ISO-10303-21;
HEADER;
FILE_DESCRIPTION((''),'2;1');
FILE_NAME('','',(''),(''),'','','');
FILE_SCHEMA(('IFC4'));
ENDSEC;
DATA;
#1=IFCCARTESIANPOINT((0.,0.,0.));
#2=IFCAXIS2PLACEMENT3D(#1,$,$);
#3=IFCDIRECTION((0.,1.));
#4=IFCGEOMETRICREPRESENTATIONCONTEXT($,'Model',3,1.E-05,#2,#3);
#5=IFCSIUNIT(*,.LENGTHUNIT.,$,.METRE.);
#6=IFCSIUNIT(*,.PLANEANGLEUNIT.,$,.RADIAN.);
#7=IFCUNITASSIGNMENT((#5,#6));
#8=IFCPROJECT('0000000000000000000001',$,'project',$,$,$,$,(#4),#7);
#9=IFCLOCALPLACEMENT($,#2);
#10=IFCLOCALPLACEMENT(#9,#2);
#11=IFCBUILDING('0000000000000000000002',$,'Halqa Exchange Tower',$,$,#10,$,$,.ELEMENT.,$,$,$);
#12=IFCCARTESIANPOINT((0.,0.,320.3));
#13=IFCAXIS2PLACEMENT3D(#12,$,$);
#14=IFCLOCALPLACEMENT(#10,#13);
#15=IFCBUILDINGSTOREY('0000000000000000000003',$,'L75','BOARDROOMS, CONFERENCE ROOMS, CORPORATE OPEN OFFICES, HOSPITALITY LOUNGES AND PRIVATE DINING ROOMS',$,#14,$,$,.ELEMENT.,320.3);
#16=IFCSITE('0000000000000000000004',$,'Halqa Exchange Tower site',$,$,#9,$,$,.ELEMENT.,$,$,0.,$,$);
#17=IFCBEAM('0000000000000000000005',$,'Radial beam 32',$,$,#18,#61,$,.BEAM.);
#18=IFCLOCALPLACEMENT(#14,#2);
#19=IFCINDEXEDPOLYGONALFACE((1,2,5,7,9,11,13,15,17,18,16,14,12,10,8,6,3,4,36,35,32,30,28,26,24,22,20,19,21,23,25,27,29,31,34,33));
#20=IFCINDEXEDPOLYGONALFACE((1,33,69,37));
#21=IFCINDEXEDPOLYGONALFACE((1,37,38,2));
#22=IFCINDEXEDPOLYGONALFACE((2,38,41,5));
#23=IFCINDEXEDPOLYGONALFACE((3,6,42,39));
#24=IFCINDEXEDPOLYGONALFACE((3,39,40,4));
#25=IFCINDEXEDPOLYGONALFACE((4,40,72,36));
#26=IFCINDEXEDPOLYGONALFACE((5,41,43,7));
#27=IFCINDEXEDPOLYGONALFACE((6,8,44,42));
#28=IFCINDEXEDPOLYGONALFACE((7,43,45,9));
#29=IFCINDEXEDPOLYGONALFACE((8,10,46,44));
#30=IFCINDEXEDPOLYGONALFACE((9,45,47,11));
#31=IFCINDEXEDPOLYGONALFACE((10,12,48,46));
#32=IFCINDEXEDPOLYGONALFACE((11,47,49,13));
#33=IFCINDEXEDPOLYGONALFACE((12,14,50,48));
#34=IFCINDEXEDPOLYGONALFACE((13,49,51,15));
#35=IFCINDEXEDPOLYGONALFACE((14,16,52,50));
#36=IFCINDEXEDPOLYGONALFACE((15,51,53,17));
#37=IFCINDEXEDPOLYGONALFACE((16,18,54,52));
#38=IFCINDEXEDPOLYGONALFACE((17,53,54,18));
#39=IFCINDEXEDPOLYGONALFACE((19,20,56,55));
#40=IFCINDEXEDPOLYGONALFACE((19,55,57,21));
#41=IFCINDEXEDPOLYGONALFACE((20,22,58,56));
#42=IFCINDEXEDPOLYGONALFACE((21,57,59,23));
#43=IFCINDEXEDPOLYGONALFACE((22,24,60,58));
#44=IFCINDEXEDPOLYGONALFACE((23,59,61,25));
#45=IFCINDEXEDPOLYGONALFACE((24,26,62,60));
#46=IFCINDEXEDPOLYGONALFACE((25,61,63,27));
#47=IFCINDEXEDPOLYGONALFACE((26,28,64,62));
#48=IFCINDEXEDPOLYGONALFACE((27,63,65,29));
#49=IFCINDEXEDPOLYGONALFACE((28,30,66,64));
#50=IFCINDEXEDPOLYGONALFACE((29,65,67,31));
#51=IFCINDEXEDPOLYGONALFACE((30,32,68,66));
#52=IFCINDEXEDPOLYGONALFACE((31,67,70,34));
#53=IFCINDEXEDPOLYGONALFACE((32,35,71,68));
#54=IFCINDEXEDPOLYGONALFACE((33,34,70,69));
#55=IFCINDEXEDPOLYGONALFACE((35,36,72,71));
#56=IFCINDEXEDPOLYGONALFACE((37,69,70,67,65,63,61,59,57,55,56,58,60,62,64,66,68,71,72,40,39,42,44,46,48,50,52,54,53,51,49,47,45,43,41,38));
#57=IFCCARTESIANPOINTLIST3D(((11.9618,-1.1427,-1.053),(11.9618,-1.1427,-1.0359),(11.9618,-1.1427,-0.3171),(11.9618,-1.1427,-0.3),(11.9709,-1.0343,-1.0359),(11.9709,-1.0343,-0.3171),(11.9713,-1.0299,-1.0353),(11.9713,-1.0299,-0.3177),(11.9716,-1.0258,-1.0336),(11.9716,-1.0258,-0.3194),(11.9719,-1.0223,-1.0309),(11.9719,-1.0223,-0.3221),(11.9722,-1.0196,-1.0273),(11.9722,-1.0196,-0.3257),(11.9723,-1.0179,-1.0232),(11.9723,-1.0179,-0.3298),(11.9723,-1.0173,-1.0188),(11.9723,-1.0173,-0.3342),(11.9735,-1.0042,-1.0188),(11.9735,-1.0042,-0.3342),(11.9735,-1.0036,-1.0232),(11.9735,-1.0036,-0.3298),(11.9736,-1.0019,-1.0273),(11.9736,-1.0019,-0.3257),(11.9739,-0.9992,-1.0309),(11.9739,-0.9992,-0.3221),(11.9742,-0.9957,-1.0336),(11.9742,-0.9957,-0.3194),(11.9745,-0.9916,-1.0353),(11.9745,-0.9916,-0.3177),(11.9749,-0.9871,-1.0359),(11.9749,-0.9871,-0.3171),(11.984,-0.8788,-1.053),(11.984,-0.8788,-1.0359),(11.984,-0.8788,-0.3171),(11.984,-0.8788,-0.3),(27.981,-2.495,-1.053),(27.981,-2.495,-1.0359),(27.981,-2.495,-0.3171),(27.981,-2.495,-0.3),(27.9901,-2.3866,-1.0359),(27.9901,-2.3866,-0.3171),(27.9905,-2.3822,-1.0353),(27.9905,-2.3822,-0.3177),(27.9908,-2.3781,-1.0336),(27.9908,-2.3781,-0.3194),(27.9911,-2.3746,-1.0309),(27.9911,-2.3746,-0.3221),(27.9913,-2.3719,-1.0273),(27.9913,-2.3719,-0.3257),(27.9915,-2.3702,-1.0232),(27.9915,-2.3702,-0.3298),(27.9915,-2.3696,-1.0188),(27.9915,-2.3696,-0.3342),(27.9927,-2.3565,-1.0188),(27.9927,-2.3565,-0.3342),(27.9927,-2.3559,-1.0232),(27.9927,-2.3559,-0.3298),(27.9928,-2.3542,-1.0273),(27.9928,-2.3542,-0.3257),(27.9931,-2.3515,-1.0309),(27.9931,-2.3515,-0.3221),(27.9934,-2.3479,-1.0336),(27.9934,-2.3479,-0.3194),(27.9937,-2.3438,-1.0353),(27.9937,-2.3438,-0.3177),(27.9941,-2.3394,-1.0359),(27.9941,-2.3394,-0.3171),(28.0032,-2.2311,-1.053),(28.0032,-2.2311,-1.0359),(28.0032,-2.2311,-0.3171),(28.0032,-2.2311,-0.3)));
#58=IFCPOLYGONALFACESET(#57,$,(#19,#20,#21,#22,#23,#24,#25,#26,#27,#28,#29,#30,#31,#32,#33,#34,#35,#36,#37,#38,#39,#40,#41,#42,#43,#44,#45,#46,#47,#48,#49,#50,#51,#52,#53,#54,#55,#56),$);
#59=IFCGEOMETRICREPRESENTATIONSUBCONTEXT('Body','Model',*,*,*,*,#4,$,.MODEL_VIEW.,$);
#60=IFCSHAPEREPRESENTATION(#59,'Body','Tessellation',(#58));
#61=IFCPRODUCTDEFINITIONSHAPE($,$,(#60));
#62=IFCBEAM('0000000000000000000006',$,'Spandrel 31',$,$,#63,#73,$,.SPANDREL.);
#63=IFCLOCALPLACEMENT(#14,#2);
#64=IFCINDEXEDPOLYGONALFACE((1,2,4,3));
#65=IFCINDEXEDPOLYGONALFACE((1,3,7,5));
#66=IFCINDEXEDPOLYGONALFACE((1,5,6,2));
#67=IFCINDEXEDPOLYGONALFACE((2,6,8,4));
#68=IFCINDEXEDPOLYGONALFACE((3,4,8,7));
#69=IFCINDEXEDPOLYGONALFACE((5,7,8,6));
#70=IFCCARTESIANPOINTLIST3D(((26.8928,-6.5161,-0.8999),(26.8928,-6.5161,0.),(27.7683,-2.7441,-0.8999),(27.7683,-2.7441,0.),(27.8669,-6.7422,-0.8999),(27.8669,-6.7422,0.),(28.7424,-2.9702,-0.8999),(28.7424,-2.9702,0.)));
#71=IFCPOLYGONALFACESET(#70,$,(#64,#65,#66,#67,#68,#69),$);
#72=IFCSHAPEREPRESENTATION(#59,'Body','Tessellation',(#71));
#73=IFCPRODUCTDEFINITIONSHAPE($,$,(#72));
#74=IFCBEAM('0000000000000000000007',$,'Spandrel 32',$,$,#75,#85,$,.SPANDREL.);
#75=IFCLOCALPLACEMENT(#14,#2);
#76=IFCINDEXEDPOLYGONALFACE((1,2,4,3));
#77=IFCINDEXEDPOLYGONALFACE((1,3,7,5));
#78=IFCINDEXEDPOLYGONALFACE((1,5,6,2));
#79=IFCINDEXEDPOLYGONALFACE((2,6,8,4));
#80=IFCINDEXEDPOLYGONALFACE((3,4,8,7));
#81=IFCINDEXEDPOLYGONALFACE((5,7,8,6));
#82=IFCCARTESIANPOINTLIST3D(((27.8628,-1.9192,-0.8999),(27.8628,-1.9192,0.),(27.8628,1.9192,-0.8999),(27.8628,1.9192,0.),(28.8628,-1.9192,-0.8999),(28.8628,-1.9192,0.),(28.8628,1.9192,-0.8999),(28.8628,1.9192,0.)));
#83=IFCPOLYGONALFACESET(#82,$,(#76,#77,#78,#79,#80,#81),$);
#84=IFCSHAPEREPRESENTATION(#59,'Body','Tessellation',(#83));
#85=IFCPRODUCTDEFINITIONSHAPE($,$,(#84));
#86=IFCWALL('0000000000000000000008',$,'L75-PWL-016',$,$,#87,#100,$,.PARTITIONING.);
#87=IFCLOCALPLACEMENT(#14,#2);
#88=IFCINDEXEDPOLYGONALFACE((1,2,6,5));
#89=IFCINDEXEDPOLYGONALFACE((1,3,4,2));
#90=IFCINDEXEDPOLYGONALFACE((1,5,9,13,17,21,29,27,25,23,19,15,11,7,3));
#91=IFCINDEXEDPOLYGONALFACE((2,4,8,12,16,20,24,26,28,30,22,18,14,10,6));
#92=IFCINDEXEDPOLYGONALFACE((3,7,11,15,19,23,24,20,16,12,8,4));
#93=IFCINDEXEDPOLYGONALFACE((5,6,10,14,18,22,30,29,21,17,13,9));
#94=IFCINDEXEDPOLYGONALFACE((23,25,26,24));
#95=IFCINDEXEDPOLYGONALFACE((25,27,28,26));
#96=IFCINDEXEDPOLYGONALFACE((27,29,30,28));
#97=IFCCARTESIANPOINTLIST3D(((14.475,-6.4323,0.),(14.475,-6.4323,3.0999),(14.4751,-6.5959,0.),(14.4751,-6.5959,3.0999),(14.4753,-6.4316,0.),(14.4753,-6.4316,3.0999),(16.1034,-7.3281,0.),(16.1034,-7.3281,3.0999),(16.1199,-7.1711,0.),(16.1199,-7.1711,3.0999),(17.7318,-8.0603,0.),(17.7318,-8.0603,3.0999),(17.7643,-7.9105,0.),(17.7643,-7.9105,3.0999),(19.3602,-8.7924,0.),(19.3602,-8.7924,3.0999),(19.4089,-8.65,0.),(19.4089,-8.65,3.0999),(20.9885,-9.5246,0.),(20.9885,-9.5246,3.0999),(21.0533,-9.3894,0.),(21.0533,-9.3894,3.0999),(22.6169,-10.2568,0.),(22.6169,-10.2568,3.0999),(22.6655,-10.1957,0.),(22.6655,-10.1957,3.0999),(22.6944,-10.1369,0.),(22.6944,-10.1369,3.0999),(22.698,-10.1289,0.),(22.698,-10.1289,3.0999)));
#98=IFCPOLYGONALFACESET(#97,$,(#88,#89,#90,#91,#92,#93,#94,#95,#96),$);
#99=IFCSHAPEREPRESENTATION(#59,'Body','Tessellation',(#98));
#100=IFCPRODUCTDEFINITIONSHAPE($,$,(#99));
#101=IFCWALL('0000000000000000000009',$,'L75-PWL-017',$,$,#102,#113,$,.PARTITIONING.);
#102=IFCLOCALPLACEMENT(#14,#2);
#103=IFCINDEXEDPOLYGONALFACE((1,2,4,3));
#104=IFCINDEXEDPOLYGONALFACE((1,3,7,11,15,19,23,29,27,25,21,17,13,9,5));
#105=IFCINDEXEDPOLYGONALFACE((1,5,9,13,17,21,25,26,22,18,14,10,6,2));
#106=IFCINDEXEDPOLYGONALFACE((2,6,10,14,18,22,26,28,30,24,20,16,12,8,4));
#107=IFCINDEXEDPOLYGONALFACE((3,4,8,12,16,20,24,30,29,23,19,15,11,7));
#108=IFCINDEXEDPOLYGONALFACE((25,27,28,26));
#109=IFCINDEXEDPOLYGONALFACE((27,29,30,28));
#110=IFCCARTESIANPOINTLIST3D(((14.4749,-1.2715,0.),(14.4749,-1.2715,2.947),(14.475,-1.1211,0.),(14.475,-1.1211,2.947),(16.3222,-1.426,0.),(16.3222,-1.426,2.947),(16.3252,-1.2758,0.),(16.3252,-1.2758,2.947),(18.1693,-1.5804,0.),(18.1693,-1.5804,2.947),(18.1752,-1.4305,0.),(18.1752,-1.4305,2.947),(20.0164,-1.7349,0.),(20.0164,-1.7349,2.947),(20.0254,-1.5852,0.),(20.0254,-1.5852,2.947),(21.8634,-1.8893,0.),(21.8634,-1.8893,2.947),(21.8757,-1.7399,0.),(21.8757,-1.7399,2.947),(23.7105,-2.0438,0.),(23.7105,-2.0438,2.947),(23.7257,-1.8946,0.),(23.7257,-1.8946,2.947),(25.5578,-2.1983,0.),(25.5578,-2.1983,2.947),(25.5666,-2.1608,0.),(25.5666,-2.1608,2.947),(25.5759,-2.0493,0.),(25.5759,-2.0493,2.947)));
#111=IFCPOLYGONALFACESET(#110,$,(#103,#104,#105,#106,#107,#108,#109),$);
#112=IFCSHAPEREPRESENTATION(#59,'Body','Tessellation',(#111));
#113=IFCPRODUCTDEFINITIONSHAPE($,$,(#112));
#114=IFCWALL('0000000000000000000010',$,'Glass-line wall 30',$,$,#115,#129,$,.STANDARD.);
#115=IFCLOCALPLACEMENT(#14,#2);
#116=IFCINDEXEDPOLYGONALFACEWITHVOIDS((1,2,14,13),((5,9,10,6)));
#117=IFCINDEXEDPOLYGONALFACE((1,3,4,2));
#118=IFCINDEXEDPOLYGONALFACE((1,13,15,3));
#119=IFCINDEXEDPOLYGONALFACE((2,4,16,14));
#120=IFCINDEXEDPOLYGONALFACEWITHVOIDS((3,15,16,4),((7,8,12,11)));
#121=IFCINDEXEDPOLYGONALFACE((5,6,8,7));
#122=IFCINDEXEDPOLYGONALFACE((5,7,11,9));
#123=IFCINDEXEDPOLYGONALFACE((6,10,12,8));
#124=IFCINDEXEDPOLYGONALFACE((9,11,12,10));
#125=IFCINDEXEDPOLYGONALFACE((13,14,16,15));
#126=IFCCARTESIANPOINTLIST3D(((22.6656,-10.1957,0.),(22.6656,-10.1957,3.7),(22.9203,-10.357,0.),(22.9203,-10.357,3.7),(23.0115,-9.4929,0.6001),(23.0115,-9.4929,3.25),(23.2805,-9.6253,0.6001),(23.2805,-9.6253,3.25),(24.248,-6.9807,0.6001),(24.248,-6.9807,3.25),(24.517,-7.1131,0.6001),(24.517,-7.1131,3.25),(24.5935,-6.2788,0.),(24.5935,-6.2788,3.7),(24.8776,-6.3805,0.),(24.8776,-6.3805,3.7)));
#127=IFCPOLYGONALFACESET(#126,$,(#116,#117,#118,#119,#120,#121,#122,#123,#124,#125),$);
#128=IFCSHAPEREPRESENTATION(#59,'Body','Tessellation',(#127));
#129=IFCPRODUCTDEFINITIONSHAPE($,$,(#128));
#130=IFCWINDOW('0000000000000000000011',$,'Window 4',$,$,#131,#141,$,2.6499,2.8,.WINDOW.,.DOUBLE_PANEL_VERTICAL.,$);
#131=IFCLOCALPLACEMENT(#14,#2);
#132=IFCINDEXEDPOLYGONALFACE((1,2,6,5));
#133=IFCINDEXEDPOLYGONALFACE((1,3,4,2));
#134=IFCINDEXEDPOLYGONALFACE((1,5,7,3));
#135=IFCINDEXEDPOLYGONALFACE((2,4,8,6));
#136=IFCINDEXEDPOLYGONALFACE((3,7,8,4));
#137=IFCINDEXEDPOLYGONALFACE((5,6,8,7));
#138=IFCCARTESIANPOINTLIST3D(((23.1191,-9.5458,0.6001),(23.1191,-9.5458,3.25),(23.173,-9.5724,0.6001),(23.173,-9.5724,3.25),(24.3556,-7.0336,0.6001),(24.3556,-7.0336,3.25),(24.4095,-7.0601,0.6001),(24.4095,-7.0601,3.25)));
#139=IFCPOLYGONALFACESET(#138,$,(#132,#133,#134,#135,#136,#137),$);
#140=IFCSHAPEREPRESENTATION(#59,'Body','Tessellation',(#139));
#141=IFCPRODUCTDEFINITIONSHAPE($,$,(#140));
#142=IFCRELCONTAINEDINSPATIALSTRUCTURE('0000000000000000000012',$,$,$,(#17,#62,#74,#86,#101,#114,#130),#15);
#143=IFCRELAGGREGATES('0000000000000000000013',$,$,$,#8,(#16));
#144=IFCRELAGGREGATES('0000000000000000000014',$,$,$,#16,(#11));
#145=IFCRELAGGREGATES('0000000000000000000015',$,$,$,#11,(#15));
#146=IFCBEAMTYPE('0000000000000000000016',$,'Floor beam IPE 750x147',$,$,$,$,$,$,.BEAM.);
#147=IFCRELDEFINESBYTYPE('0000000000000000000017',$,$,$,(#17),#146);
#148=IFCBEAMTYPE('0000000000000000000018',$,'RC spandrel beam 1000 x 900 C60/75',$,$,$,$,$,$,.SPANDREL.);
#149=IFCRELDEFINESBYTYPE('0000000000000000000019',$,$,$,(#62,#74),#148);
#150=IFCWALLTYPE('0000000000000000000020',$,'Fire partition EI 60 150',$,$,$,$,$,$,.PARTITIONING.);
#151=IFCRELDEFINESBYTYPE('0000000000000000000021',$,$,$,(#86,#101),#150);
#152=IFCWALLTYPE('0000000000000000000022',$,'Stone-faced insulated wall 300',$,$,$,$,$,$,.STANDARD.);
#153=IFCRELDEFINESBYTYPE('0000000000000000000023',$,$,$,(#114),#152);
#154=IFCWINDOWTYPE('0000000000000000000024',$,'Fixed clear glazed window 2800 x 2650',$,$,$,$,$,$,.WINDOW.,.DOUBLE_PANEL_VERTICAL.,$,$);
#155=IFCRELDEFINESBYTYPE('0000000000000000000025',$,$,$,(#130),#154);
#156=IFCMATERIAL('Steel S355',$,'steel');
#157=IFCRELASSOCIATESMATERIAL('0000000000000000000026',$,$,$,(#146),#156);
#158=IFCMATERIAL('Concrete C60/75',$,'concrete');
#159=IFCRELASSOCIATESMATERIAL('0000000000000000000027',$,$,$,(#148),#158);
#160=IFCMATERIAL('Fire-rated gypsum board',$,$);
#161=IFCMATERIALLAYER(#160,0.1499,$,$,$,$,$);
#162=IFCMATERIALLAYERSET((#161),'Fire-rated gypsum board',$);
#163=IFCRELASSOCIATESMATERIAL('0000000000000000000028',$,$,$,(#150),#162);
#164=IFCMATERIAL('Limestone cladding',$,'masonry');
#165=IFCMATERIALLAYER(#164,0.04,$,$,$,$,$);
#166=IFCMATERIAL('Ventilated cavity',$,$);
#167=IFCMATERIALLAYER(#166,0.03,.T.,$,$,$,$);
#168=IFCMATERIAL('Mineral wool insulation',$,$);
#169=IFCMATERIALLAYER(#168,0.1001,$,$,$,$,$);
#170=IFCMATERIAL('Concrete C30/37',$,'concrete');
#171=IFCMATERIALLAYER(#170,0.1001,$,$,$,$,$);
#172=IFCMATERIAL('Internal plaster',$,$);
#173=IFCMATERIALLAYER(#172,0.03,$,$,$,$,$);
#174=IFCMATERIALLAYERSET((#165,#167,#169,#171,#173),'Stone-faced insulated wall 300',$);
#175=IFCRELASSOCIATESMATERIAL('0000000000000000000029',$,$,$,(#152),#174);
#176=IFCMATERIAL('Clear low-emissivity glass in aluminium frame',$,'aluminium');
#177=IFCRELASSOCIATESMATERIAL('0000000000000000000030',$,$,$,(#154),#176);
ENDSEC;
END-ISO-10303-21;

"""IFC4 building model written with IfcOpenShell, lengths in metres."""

from ifc_helpers import new_model, si_unit, direction, frame, frame_2d, origin, origin_2d, place, context, subcontext, project, spatial, polyline, rectangle, i_section, outline, extrude, material, layer, layer_set, material_profile, profile_set, type_object, element, fill, save


model = new_model("IFC4")

# Units and contexts
model_context = context("Model", 3, precision=1e-05, world=origin(), true_north=direction((0.0, 1.0)))
body_context = subcontext(model_context, "Body", "Model", "MODEL_VIEW")
ifc_project = project(units=[si_unit("LENGTHUNIT", "METRE"), si_unit("PLANEANGLEUNIT", "RADIAN")], contexts=[model_context])

# Site, building, storey
site_placement = place(None, origin())
site = spatial("IfcSite", under=ifc_project, at=site_placement, Name="Halqa Exchange Tower site", CompositionType="ELEMENT", RefElevation=0.0)
building_placement = place(site_placement, origin())
building = spatial("IfcBuilding", under=site, at=building_placement, Name="Halqa Exchange Tower", CompositionType="ELEMENT")
storey_placement = place(building_placement, frame((0.0, 0.0, 320.3)))
storey = spatial("IfcBuildingStorey", under=building, at=storey_placement, Name="L75", Description="BOARDROOMS, CONFERENCE ROOMS, CORPORATE OPEN OFFICES, HOSPITALITY LOUNGES AND PRIVATE DINING ROOMS", CompositionType="ELEMENT", Elevation=320.3)

# Beams
ifc_material_1 = material(Name="Steel S355", Category="steel")
ifc_material_profile_1 = material_profile(ifc_material_1, i_section(OverallWidth=0.2649, OverallDepth=0.7529, WebThickness=0.0132, FlangeThickness=0.0171, FilletRadius=0.0171, at=origin_2d()), Name="IPE 750x147")
ifc_profile_set_1 = profile_set([ifc_material_profile_1], Name="Steel S355")
beam_type_1 = type_object("IfcBeamType", Name="Floor beam IPE 750x147", PredefinedType="BEAM", material=ifc_profile_set_1)
beam_1_placement = place(storey_placement, frame((11.9729, -1.0107, -0.6765), z_axis=(0.996456, -0.084117, 0.0), x_axis=(0.084117, 0.996456, 0.0)))
element("IfcBeam", 1, at=beam_1_placement, inside=storey, type_object=beam_type_1, Name="Radial beam 32", PredefinedType="BEAM", context=body_context, shape_type="SweptSolid", body=[
    extrude(i_section(OverallWidth=0.2649, OverallDepth=0.7529, WebThickness=0.0132, FlangeThickness=0.0171, FilletRadius=0.0171, at=origin_2d()), origin(), (0.0, 0.0, 1.0), 16.0762),
])
ifc_material_2 = material(Name="Concrete C60/75", Category="concrete")
ifc_material_profile_2 = material_profile(ifc_material_2, rectangle(XDim=1.0, YDim=0.8999, at=origin_2d()), Name="1000 x 900")
ifc_profile_set_2 = profile_set([ifc_material_profile_2], Name="Concrete C60/75")
beam_type_2 = type_object("IfcBeamType", Name="RC spandrel beam 1000 x 900 C60/75", PredefinedType="SPANDREL", material=ifc_profile_set_2)
beam_2_placement = place(storey_placement, frame((27.3799, -6.6292, -0.45), z_axis=(0.226093, 0.974106, 0.0), x_axis=(-0.974106, 0.226093, 0.0)))
element("IfcBeam", 2, at=beam_2_placement, inside=storey, type_object=beam_type_2, Name="Spandrel 31", PredefinedType="SPANDREL", context=body_context, shape_type="SweptSolid", body=[
    extrude(rectangle(XDim=1.0, YDim=0.8999, at=origin_2d()), origin(), (0.0, 0.0, 1.0), 3.8723),
])
beam_3_placement = place(storey_placement, frame((28.3628, -1.9192, -0.45), z_axis=(0.0, 1.0, 0.0), x_axis=(-1.0, 0.0, 0.0)))
element("IfcBeam", 3, at=beam_3_placement, inside=storey, type_object=beam_type_2, Name="Spandrel 32", PredefinedType="SPANDREL", context=body_context, shape_type="SweptSolid", body=[
    extrude(rectangle(XDim=1.0, YDim=0.8999, at=origin_2d()), origin(), (0.0, 0.0, 1.0), 3.8384),
])

# Walls
ifc_material_3 = material(Name="Fire-rated gypsum board")
ifc_layer_1 = layer(ifc_material_3, 0.1499)
ifc_layer_set_1 = layer_set([ifc_layer_1], Name="Fire-rated gypsum board")
wall_type_1 = type_object("IfcWallType", Name="Fire partition EI 60 150", PredefinedType="PARTITIONING", material=ifc_layer_set_1)
wall_1_placement = place(storey_placement, frame((14.4446, -6.5, 0.0), z_axis=(0.0, 0.0, 1.0), x_axis=(0.912043, -0.410094, 0.0)))
element("IfcWall", 4, at=wall_1_placement, inside=storey, type_object=wall_type_1, Name="L75-PWL-016", PredefinedType="PARTITIONING", context=body_context, shape_type="SweptSolid", body=[
    extrude(outline(polyline([(0.0671, -0.075), (1.8525, -0.075), (3.6379, -0.075), (5.4233, -0.075), (7.2087, -0.075), (8.9941, -0.075), (9.0134, 0.0007), (9.0156, 0.0662), (9.0156, 0.075), (7.2124, 0.075), (5.4094, 0.075), (3.6062, 0.075), (1.8032, 0.075), (0.0, 0.075), (0.0, 0.0742), (0.0671, -0.075)])), origin(), (0.0, 0.0, 1.0), 3.0999),
])
wall_2_placement = place(storey_placement, frame((14.4688, -1.1958, 0.0), z_axis=(0.0, 0.0, 1.0), x_axis=(0.996522, -0.083327, 0.0)))
element("IfcWall", 5, at=wall_2_placement, inside=storey, type_object=wall_type_1, Name="L75-PWL-017", PredefinedType="PARTITIONING", context=body_context, shape_type="SweptSolid", body=[
    extrude(outline(polyline([(0.0125, -0.075), (1.8662, -0.075), (3.7197, -0.075), (5.5732, -0.075), (7.4268, -0.075), (9.2803, -0.075), (11.134, -0.075), (11.1396, -0.0369), (11.1396, 0.075), (9.283, 0.075), (7.4265, 0.075), (5.5698, 0.075), (3.7131, 0.075), (1.8567, 0.075), (0.0, 0.075), (0.0125, -0.075)])), origin(), (0.0, 0.0, 1.0), 2.947),
])

# Wall, opening, window
ifc_material_4 = material(Name="Limestone cladding", Category="masonry")
ifc_layer_2 = layer(ifc_material_4, 0.04)
ifc_material_5 = material(Name="Ventilated cavity")
ifc_layer_3 = layer(ifc_material_5, 0.03, ventilated=True)
ifc_material_6 = material(Name="Mineral wool insulation")
ifc_layer_4 = layer(ifc_material_6, 0.1001)
ifc_material_7 = material(Name="Concrete C30/37", Category="concrete")
ifc_layer_5 = layer(ifc_material_7, 0.1001)
ifc_material_8 = material(Name="Internal plaster")
ifc_layer_6 = layer(ifc_material_8, 0.03)
ifc_layer_set_2 = layer_set([ifc_layer_2, ifc_layer_3, ifc_layer_4, ifc_layer_5, ifc_layer_6], Name="Stone-faced insulated wall 300")
wall_type_2 = type_object("IfcWallType", Name="Stone-faced insulated wall 300", PredefinedType="STANDARD", material=ifc_layer_set_2)
wall_3_placement = place(storey_placement, frame((22.793, -10.2764, 0.0), z_axis=(0.0, 0.0, 1.0), x_axis=(0.44161, 0.897207, 0.0)))
wall_3 = element("IfcWall", 6, at=wall_3_placement, inside=storey, type_object=wall_type_2, Name="Glass-line wall 30", PredefinedType="STANDARD", context=body_context, shape_type="SweptSolid", body=[
    extrude(outline(polyline([(-0.0161, -0.1499), (4.416, -0.1499), (4.3818, 0.1499), (0.0161, 0.1499), (-0.0161, -0.1499)])), origin(), (0.0, 0.0, 1.0), 3.7),
])
opening_1_placement = place(wall_3_placement, frame((0.7996, 0.0, 0.6001)))
opening_1 = element("IfcOpeningElement", 7, at=opening_1_placement, cuts=wall_3, PredefinedType="OPENING", context=body_context, shape_type="SweptSolid", body=[
    extrude(rectangle(XDim=2.8, YDim=2.6499, at=frame_2d((1.3999, 1.325))), frame((0.0, 0.1621, 0.0), z_axis=(0.0, -1.0, 0.0), x_axis=(1.0, 0.0, 0.0)), (0.0, 0.0, 1.0), 0.324),
])
ifc_material_9 = material(Name="Clear low-emissivity glass in aluminium frame", Category="aluminium")
window_type = type_object("IfcWindowType", Name="Fixed clear glazed window 2800 x 2650", PartitioningType="DOUBLE_PANEL_VERTICAL", PredefinedType="WINDOW", material=ifc_material_9)
window_1_placement = place(opening_1_placement, origin())
window_1 = element("IfcWindow", 8, at=window_1_placement, inside=storey, type_object=window_type, Name="Window 4", OverallHeight=2.6499, OverallWidth=2.8, PartitioningType="DOUBLE_PANEL_VERTICAL", PredefinedType="WINDOW", context=body_context, shape_type="SweptSolid", body=[
    extrude(rectangle(XDim=2.8, YDim=2.6499, at=frame_2d((1.3999, 1.325))), frame((0.0, 0.03, 0.0), z_axis=(0.0, -1.0, 0.0), x_axis=(1.0, 0.0, 0.0)), (0.0, 0.0, 1.0), 0.0601),
])
fill(opening_1, window_1)

save(model, "model.ifc")
